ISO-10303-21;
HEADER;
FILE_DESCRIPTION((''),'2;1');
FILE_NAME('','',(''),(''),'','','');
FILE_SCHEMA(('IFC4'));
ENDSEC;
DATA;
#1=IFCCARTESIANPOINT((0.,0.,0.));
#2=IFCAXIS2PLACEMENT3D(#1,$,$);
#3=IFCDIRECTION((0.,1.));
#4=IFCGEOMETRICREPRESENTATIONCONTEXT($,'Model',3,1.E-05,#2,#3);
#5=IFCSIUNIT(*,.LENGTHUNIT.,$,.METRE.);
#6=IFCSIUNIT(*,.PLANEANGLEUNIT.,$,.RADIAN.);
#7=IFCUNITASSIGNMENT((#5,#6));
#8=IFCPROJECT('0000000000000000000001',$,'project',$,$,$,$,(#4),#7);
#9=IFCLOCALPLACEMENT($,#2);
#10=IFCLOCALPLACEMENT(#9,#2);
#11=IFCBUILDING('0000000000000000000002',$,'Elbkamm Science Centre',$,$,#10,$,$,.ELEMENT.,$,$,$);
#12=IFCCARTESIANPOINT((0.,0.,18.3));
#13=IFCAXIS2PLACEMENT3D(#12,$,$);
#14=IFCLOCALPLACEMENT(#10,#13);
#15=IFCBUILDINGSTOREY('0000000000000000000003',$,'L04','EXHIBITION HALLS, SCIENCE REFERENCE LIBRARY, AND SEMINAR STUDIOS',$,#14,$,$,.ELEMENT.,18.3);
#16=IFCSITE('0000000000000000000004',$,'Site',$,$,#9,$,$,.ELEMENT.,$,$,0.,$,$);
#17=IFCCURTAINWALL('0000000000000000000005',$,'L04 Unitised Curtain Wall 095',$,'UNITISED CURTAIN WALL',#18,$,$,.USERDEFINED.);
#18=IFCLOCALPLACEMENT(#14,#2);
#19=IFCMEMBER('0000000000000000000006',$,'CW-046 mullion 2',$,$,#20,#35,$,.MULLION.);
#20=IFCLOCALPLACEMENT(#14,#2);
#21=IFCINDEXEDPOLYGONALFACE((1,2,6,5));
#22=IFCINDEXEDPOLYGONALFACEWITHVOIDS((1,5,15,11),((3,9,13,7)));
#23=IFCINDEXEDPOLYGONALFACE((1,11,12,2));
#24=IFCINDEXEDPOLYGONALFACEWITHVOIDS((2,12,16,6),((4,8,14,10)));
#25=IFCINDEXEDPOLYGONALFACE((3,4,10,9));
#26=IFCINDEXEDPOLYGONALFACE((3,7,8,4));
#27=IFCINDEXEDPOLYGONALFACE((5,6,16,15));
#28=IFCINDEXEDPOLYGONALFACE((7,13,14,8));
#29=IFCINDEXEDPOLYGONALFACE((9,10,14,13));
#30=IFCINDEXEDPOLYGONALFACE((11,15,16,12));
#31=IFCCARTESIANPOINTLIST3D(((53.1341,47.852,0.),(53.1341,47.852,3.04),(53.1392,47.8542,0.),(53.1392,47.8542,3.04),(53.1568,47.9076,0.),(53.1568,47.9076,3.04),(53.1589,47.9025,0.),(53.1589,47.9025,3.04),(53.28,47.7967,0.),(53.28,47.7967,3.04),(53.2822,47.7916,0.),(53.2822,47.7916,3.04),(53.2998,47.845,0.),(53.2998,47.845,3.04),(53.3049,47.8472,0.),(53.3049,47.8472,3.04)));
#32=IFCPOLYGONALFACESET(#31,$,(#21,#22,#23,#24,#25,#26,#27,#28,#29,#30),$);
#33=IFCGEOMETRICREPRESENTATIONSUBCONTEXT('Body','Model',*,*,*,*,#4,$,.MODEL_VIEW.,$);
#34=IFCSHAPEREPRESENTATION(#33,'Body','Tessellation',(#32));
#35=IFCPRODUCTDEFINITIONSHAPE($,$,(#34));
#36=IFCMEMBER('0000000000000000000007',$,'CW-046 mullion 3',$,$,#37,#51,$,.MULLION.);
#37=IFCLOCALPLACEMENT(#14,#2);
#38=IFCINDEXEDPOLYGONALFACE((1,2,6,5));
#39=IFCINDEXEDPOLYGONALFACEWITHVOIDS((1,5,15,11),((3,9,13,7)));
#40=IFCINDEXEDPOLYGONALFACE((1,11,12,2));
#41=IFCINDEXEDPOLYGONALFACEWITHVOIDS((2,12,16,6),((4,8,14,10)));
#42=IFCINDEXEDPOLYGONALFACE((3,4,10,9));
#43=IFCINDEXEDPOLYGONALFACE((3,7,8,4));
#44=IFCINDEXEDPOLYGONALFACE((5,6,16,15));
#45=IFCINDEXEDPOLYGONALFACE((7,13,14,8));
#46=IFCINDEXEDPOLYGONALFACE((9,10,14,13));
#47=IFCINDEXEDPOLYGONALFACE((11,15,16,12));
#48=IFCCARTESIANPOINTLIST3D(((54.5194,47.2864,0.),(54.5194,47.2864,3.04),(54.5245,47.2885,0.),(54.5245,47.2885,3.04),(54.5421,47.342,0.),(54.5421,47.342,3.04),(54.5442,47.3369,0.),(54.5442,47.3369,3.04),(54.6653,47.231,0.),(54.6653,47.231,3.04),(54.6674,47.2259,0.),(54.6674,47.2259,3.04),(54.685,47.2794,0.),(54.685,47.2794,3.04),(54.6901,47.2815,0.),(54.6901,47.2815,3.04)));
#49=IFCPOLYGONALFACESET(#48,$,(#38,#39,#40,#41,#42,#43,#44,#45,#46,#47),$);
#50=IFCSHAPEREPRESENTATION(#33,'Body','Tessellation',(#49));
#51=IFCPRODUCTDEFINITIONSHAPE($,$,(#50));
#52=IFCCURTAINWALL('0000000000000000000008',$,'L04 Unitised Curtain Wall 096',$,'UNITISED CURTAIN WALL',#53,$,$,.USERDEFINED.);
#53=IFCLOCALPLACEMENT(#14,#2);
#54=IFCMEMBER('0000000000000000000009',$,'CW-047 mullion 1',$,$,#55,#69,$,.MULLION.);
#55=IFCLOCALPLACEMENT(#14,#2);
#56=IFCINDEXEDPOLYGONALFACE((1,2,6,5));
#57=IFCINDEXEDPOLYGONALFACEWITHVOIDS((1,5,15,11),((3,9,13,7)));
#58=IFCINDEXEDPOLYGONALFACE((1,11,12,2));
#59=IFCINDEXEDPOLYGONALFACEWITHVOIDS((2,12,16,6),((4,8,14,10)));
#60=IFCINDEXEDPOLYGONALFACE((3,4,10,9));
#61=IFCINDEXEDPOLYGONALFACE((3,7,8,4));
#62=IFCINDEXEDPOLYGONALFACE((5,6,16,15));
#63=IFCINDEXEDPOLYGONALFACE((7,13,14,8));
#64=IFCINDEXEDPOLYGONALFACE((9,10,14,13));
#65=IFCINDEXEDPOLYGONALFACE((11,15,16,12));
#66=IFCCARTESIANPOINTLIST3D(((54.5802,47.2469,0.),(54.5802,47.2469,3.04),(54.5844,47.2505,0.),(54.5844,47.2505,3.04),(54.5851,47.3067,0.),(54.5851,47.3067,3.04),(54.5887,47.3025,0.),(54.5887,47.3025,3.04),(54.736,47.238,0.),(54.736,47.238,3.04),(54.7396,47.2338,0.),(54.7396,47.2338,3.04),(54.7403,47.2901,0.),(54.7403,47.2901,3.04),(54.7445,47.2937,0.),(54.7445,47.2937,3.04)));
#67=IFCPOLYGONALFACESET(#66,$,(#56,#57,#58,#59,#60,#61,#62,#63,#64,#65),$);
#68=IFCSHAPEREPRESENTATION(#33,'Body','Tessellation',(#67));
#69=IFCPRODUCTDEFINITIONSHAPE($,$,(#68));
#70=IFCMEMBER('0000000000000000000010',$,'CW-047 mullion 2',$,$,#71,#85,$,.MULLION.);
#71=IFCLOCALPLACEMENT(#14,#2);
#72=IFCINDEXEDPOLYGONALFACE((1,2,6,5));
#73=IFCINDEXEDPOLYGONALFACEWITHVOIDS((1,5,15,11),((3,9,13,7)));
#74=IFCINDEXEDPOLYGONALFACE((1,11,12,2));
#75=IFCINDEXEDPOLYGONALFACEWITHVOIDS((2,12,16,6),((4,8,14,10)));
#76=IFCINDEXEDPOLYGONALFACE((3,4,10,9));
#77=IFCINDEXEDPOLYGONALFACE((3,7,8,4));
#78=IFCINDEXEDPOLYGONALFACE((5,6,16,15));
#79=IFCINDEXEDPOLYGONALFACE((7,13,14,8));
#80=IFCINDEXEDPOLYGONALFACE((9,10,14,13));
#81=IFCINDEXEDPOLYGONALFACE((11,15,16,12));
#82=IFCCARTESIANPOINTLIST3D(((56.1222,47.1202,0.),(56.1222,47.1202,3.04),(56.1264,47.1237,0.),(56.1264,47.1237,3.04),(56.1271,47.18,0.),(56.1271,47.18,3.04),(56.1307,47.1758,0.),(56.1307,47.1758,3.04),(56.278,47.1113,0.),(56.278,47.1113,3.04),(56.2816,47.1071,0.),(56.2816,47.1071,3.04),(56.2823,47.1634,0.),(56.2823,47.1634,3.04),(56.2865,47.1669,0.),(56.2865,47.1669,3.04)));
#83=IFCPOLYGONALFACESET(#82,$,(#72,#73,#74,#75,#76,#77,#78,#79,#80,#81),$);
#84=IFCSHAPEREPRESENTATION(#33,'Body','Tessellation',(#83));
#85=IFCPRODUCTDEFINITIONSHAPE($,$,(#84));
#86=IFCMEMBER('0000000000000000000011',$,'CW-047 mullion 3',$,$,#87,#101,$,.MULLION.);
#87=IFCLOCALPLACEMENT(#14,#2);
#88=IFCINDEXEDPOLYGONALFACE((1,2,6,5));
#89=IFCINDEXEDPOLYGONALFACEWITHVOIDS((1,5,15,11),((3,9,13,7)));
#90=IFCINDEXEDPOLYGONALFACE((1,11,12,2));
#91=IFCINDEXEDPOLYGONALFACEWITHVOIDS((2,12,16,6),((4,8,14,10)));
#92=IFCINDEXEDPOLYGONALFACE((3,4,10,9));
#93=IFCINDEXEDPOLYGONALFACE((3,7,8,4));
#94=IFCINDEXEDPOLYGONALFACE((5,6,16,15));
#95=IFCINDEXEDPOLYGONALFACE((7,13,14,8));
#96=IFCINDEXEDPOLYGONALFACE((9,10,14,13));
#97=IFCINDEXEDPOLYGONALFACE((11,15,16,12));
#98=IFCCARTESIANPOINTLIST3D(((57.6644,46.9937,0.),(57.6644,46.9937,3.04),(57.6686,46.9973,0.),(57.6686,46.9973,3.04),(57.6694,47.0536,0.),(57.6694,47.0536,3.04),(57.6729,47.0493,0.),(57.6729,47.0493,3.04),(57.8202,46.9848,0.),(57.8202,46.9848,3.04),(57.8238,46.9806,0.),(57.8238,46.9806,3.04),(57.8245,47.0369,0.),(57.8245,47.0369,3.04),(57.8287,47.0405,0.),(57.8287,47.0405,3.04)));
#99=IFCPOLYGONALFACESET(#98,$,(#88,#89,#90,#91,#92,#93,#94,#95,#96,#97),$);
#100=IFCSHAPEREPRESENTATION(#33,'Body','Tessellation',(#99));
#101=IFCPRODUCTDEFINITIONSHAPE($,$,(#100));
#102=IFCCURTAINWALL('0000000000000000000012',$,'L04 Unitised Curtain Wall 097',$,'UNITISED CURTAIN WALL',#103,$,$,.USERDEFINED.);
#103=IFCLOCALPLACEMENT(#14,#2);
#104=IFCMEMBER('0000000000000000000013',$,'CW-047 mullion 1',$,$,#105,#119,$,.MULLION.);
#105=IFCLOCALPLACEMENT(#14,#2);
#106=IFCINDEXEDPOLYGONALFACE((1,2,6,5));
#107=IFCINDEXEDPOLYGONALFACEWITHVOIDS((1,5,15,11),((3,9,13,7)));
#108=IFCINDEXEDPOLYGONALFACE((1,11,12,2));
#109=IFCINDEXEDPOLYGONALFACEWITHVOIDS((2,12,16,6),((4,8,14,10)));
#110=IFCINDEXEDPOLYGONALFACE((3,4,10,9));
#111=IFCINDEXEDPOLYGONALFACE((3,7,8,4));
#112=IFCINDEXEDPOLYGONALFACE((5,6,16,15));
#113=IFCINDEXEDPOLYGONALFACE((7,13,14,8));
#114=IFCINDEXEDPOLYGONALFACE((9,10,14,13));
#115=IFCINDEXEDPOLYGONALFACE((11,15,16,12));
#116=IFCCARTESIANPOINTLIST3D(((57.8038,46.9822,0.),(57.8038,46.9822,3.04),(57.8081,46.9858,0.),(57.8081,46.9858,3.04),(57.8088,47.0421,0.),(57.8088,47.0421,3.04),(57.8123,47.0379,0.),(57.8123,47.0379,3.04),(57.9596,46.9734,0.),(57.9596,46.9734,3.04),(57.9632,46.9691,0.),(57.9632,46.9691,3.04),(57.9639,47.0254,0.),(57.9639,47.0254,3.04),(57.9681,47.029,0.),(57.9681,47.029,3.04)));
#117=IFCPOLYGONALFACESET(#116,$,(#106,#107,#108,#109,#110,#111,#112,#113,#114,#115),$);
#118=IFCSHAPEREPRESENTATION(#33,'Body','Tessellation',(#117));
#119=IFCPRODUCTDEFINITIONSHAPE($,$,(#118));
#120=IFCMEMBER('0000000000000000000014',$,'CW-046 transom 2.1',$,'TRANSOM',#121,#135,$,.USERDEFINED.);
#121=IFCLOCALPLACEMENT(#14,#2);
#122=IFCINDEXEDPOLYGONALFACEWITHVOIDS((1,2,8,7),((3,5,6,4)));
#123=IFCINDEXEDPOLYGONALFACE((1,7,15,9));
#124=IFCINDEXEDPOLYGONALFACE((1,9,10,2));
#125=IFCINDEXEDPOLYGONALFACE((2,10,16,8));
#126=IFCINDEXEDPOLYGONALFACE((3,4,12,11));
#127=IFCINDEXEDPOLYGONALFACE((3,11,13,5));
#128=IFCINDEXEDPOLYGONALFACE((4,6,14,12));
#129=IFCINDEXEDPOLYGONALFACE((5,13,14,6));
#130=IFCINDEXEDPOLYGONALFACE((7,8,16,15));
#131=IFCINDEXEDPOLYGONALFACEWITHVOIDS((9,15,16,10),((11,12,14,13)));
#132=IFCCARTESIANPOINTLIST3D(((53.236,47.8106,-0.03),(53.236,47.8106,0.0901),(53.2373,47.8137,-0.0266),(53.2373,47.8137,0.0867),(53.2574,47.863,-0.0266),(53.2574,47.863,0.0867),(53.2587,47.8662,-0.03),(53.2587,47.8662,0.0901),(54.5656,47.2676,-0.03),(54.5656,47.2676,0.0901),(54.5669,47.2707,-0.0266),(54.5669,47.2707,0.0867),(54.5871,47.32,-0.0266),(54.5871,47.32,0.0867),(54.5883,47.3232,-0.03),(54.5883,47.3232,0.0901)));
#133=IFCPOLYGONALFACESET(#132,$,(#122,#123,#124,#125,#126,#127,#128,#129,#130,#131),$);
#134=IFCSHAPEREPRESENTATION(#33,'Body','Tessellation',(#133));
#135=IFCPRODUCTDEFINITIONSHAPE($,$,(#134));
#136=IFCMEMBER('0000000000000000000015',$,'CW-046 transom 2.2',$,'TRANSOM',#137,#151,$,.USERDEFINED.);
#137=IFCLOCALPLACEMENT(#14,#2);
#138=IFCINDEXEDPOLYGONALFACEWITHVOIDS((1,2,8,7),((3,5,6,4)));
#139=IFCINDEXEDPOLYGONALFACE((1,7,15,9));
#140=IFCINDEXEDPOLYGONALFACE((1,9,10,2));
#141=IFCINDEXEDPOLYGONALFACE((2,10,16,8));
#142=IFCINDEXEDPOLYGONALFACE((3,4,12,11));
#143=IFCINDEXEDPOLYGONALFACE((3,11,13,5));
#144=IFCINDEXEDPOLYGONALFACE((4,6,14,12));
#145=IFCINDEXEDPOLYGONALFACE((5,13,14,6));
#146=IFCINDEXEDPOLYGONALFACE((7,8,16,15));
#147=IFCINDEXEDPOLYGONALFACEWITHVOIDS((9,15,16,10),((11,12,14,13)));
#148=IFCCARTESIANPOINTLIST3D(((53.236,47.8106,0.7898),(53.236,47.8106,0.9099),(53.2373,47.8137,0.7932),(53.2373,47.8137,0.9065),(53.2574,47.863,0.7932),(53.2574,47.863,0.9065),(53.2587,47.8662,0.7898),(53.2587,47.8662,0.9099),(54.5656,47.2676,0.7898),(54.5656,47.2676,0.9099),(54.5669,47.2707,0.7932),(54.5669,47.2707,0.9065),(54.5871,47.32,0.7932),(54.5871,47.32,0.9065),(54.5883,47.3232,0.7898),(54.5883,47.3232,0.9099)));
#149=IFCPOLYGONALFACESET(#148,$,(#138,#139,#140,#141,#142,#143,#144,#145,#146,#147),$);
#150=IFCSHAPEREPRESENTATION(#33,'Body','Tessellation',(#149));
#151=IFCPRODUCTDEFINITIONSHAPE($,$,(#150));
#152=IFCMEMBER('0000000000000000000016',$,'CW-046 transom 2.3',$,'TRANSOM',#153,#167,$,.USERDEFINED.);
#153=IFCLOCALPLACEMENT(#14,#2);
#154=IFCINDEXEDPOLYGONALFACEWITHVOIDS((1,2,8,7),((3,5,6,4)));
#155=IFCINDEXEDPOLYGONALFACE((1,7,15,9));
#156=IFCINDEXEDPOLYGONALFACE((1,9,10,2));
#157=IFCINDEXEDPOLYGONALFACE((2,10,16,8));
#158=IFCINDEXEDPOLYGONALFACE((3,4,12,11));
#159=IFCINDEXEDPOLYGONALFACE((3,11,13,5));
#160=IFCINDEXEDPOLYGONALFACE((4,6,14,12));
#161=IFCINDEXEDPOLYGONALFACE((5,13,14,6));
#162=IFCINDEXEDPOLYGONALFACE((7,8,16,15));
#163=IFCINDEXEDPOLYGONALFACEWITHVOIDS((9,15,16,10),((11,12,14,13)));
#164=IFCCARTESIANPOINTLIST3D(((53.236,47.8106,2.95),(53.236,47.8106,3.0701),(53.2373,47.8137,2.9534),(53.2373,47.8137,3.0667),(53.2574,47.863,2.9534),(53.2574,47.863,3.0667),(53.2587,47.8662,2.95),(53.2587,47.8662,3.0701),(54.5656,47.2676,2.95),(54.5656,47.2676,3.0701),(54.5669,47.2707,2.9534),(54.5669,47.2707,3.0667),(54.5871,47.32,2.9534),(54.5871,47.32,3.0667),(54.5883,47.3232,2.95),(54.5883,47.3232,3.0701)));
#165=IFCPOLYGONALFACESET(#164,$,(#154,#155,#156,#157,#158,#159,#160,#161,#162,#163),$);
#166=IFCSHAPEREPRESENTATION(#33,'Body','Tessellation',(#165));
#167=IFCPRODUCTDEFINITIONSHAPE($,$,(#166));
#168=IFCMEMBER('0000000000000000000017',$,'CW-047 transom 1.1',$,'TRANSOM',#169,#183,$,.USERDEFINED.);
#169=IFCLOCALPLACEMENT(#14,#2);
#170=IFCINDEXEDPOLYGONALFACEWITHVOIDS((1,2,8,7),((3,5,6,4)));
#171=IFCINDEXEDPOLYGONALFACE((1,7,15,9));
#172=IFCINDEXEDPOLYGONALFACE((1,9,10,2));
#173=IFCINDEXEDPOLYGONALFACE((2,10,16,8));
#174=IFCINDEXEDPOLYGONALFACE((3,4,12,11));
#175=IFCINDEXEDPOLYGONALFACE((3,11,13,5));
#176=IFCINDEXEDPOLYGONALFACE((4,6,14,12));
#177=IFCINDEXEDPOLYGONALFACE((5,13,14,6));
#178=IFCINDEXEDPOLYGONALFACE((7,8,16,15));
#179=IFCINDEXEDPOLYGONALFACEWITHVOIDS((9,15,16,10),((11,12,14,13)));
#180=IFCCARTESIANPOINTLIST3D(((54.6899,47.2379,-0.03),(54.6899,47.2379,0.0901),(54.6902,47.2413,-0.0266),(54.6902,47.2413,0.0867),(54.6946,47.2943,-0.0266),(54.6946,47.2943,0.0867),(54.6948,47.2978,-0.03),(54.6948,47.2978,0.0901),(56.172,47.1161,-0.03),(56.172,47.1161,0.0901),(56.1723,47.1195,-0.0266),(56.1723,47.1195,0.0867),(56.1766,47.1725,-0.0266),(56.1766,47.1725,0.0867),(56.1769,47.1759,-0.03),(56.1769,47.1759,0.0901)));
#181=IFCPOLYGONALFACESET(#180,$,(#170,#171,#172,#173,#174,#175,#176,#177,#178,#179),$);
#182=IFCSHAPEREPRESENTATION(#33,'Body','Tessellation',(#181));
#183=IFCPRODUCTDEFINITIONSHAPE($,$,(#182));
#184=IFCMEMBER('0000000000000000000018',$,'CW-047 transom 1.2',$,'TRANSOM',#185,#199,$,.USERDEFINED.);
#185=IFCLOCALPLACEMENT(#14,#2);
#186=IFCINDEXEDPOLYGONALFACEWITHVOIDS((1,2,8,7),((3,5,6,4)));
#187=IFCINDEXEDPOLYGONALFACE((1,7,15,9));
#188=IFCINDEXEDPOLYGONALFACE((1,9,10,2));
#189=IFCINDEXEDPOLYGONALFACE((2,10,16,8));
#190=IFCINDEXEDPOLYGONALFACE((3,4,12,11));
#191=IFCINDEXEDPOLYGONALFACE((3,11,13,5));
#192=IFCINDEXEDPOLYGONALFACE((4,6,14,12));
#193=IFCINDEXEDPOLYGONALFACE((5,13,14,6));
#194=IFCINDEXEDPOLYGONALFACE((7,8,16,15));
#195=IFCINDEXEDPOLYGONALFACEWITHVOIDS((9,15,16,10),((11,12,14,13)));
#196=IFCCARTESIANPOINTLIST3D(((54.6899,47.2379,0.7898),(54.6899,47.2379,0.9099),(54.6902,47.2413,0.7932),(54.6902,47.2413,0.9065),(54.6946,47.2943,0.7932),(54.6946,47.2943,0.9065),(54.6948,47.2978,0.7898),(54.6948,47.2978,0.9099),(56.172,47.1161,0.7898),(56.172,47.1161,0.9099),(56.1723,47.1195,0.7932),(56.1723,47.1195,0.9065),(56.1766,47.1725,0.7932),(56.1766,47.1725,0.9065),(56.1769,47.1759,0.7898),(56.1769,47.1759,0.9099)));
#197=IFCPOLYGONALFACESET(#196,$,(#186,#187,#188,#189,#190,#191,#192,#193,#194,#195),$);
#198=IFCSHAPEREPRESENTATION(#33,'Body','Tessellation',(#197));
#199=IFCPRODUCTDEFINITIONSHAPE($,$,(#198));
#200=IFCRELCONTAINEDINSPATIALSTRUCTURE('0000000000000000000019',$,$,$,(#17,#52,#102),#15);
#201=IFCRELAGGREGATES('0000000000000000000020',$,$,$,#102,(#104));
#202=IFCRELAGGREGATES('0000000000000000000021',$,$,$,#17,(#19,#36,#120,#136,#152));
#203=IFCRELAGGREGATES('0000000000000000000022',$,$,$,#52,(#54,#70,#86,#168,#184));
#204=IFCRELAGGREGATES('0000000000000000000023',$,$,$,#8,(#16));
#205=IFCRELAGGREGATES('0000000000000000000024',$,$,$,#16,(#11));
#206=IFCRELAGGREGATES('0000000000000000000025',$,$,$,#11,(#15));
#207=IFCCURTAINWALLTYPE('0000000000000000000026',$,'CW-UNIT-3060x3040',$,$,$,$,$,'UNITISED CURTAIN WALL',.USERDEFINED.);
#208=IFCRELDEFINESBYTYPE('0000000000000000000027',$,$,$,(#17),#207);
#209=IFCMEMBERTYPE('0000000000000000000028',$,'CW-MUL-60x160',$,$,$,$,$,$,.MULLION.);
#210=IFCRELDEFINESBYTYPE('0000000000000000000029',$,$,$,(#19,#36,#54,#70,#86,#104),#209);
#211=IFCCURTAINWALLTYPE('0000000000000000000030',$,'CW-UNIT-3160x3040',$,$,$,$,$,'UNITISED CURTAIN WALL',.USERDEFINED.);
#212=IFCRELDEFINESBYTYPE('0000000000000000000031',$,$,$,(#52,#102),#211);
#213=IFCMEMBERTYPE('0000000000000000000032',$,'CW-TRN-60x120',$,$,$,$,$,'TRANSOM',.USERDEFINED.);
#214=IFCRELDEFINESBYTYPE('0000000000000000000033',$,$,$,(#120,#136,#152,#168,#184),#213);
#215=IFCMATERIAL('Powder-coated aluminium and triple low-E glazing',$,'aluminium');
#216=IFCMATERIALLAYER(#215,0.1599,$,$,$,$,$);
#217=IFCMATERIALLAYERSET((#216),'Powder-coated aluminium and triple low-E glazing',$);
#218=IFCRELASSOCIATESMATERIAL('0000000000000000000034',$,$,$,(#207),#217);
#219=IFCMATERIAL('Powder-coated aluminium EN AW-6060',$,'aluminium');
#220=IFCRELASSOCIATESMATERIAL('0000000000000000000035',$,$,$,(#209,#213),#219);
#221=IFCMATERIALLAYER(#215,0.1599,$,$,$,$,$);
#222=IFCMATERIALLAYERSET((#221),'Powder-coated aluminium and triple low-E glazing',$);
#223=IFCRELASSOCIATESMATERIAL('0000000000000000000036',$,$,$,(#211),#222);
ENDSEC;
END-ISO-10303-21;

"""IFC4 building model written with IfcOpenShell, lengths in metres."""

from ifc_helpers import new_model, si_unit, direction, frame, origin, origin_2d, place, context, subcontext, project, spatial, hollow_rectangle, extrude, material, layer, layer_set, material_profile, profile_set, type_object, element, aggregate, save


model = new_model("IFC4")

# Units and contexts
model_context = context("Model", 3, precision=1e-05, world=origin(), true_north=direction((0.0, 1.0)))
body_context = subcontext(model_context, "Body", "Model", "MODEL_VIEW")
ifc_project = project(units=[si_unit("LENGTHUNIT", "METRE"), si_unit("PLANEANGLEUNIT", "RADIAN")], contexts=[model_context])

# Site, building, storey
site_placement = place(None, origin())
site = spatial("IfcSite", under=ifc_project, at=site_placement, Name="Site", CompositionType="ELEMENT", RefElevation=0.0)
building_placement = place(site_placement, origin())
building = spatial("IfcBuilding", under=site, at=building_placement, Name="Elbkamm Science Centre", CompositionType="ELEMENT")
storey_placement = place(building_placement, frame((0.0, 0.0, 18.3)))
storey = spatial("IfcBuildingStorey", under=building, at=storey_placement, Name="L04", Description="EXHIBITION HALLS, SCIENCE REFERENCE LIBRARY, AND SEMINAR STUDIOS", CompositionType="ELEMENT", Elevation=18.3)

# Curtain walls, members
ifc_material_1 = material(Name="Powder-coated aluminium and triple low-E glazing", Category="aluminium")
ifc_layer_1 = layer(ifc_material_1, 0.1599)
ifc_layer_set_1 = layer_set([ifc_layer_1], Name="Powder-coated aluminium and triple low-E glazing")
curtain_wall_type_1 = type_object("IfcCurtainWallType", Name="CW-UNIT-3060x3040", ElementType="UNITISED CURTAIN WALL", PredefinedType="USERDEFINED", material=ifc_layer_set_1)
curtain_wall_1_placement = place(storey_placement, origin())
curtain_wall_1 = element("IfcCurtainWall", 1, at=curtain_wall_1_placement, inside=storey, type_object=curtain_wall_type_1, Name="L04 Unitised Curtain Wall 095", ObjectType="UNITISED CURTAIN WALL", PredefinedType="USERDEFINED")
ifc_material_2 = material(Name="Powder-coated aluminium EN AW-6060", Category="aluminium")
ifc_material_profile_1 = material_profile(ifc_material_2, hollow_rectangle(XDim=0.0601, YDim=0.1599, WallThickness=0.0039, at=origin_2d()), Name="ALU M60x160")
ifc_profile_set_1 = profile_set([ifc_material_profile_1], Name="Powder-coated aluminium EN AW-6060")
member_type_1 = type_object("IfcMemberType", Name="CW-MUL-60x160", PredefinedType="MULLION", material=ifc_profile_set_1)
member_1_placement = place(storey_placement, frame((53.2195, 47.8496, 0.0), z_axis=(0.0, 0.0, 1.0), x_axis=(0.378001, 0.925805, 0.0)))
member_1 = element("IfcMember", 2, at=member_1_placement, type_object=member_type_1, Name="CW-046 mullion 2", PredefinedType="MULLION", context=body_context, shape_type="SweptSolid", body=[
    extrude(hollow_rectangle(XDim=0.0601, YDim=0.1599, WallThickness=0.0039, at=origin_2d()), origin(), (0.0, 0.0, 1.0), 3.04),
])
member_2_placement = place(storey_placement, frame((54.6047, 47.2839, 0.0), z_axis=(0.0, 0.0, 1.0), x_axis=(0.378001, 0.925805, 0.0)))
member_2 = element("IfcMember", 3, at=member_2_placement, type_object=member_type_1, Name="CW-046 mullion 3", PredefinedType="MULLION", context=body_context, shape_type="SweptSolid", body=[
    extrude(hollow_rectangle(XDim=0.0601, YDim=0.1599, WallThickness=0.0039, at=origin_2d()), origin(), (0.0, 0.0, 1.0), 3.04),
])
ifc_layer_2 = layer(ifc_material_1, 0.1599)
ifc_layer_set_2 = layer_set([ifc_layer_2], Name="Powder-coated aluminium and triple low-E glazing")
curtain_wall_type_2 = type_object("IfcCurtainWallType", Name="CW-UNIT-3160x3040", ElementType="UNITISED CURTAIN WALL", PredefinedType="USERDEFINED", material=ifc_layer_set_2)
curtain_wall_2_placement = place(storey_placement, origin())
curtain_wall_2 = element("IfcCurtainWall", 4, at=curtain_wall_2_placement, inside=storey, type_object=curtain_wall_type_2, Name="L04 Unitised Curtain Wall 096", ObjectType="UNITISED CURTAIN WALL", PredefinedType="USERDEFINED")
member_3_placement = place(storey_placement, frame((54.6624, 47.2703, 0.0), z_axis=(0.0, 0.0, 1.0), x_axis=(0.08182, 0.996647, 0.0)))
member_3 = element("IfcMember", 5, at=member_3_placement, type_object=member_type_1, Name="CW-047 mullion 1", PredefinedType="MULLION", context=body_context, shape_type="SweptSolid", body=[
    extrude(hollow_rectangle(XDim=0.0601, YDim=0.1599, WallThickness=0.0039, at=origin_2d()), origin(), (0.0, 0.0, 1.0), 3.04),
])
member_4_placement = place(storey_placement, frame((56.2043, 47.1436, 0.0), z_axis=(0.0, 0.0, 1.0), x_axis=(0.08182, 0.996647, 0.0)))
member_4 = element("IfcMember", 6, at=member_4_placement, type_object=member_type_1, Name="CW-047 mullion 2", PredefinedType="MULLION", context=body_context, shape_type="SweptSolid", body=[
    extrude(hollow_rectangle(XDim=0.0601, YDim=0.1599, WallThickness=0.0039, at=origin_2d()), origin(), (0.0, 0.0, 1.0), 3.04),
])
member_5_placement = place(storey_placement, frame((57.7466, 47.0171, 0.0), z_axis=(0.0, 0.0, 1.0), x_axis=(0.08182, 0.996647, 0.0)))
member_5 = element("IfcMember", 7, at=member_5_placement, type_object=member_type_1, Name="CW-047 mullion 3", PredefinedType="MULLION", context=body_context, shape_type="SweptSolid", body=[
    extrude(hollow_rectangle(XDim=0.0601, YDim=0.1599, WallThickness=0.0039, at=origin_2d()), origin(), (0.0, 0.0, 1.0), 3.04),
])

# Curtain wall, member
curtain_wall_3_placement = place(storey_placement, origin())
curtain_wall_3 = element("IfcCurtainWall", 8, at=curtain_wall_3_placement, inside=storey, type_object=curtain_wall_type_2, Name="L04 Unitised Curtain Wall 097", ObjectType="UNITISED CURTAIN WALL", PredefinedType="USERDEFINED")
member_6_placement = place(storey_placement, frame((57.886, 47.0056, 0.0), z_axis=(0.0, 0.0, 1.0), x_axis=(0.08182, 0.996647, 0.0)))
member_6 = element("IfcMember", 9, at=member_6_placement, type_object=member_type_1, Name="CW-047 mullion 1", PredefinedType="MULLION", context=body_context, shape_type="SweptSolid", body=[
    extrude(hollow_rectangle(XDim=0.0601, YDim=0.1599, WallThickness=0.0039, at=origin_2d()), origin(), (0.0, 0.0, 1.0), 3.04),
])

# Members
ifc_material_profile_2 = material_profile(ifc_material_2, hollow_rectangle(XDim=0.0601, YDim=0.1201, WallThickness=0.0034, at=origin_2d()), Name="ALU T60x120")
ifc_profile_set_2 = profile_set([ifc_material_profile_2], Name="Powder-coated aluminium EN AW-6060")
member_type_2 = type_object("IfcMemberType", Name="CW-TRN-60x120", ElementType="TRANSOM", PredefinedType="USERDEFINED", material=ifc_profile_set_2)
member_7_placement = place(storey_placement, frame((53.2473, 47.8384, 0.03), z_axis=(0.92578, -0.378064, 0.0), x_axis=(0.378064, 0.92578, 0.0)))
member_7 = element("IfcMember", 10, at=member_7_placement, type_object=member_type_2, Name="CW-046 transom 2.1", ObjectType="TRANSOM", PredefinedType="USERDEFINED", context=body_context, shape_type="SweptSolid", body=[
    extrude(hollow_rectangle(XDim=0.0601, YDim=0.1201, WallThickness=0.0034, at=origin_2d()), origin(), (0.0, 0.0, 1.0), 1.4363),
])
member_8_placement = place(storey_placement, frame((53.2473, 47.8384, 0.8499), z_axis=(0.92578, -0.378064, 0.0), x_axis=(0.378064, 0.92578, 0.0)))
member_8 = element("IfcMember", 11, at=member_8_placement, type_object=member_type_2, Name="CW-046 transom 2.2", ObjectType="TRANSOM", PredefinedType="USERDEFINED", context=body_context, shape_type="SweptSolid", body=[
    extrude(hollow_rectangle(XDim=0.0601, YDim=0.1201, WallThickness=0.0034, at=origin_2d()), origin(), (0.0, 0.0, 1.0), 1.4363),
])
member_9_placement = place(storey_placement, frame((53.2473, 47.8384, 3.01), z_axis=(0.92578, -0.378064, 0.0), x_axis=(0.378064, 0.92578, 0.0)))
member_9 = element("IfcMember", 12, at=member_9_placement, type_object=member_type_2, Name="CW-046 transom 2.3", ObjectType="TRANSOM", PredefinedType="USERDEFINED", context=body_context, shape_type="SweptSolid", body=[
    extrude(hollow_rectangle(XDim=0.0601, YDim=0.1201, WallThickness=0.0034, at=origin_2d()), origin(), (0.0, 0.0, 1.0), 1.4363),
])
member_10_placement = place(storey_placement, frame((54.6924, 47.2678, 0.03), z_axis=(0.996639, -0.081918, 0.0), x_axis=(0.081918, 0.996639, 0.0)))
member_10 = element("IfcMember", 13, at=member_10_placement, type_object=member_type_2, Name="CW-047 transom 1.1", ObjectType="TRANSOM", PredefinedType="USERDEFINED", context=body_context, shape_type="SweptSolid", body=[
    extrude(hollow_rectangle(XDim=0.0601, YDim=0.1201, WallThickness=0.0034, at=origin_2d()), origin(), (0.0, 0.0, 1.0), 1.4871),
])
member_11_placement = place(storey_placement, frame((54.6924, 47.2678, 0.8499), z_axis=(0.996639, -0.081918, 0.0), x_axis=(0.081918, 0.996639, 0.0)))
member_11 = element("IfcMember", 14, at=member_11_placement, type_object=member_type_2, Name="CW-047 transom 1.2", ObjectType="TRANSOM", PredefinedType="USERDEFINED", context=body_context, shape_type="SweptSolid", body=[
    extrude(hollow_rectangle(XDim=0.0601, YDim=0.1201, WallThickness=0.0034, at=origin_2d()), origin(), (0.0, 0.0, 1.0), 1.4871),
])
aggregate(curtain_wall_3, [member_6])

aggregate(curtain_wall_1, [member_1, member_2, member_7, member_8, member_9])
aggregate(curtain_wall_2, [member_3, member_4, member_5, member_10, member_11])

save(model, "model.ifc")
